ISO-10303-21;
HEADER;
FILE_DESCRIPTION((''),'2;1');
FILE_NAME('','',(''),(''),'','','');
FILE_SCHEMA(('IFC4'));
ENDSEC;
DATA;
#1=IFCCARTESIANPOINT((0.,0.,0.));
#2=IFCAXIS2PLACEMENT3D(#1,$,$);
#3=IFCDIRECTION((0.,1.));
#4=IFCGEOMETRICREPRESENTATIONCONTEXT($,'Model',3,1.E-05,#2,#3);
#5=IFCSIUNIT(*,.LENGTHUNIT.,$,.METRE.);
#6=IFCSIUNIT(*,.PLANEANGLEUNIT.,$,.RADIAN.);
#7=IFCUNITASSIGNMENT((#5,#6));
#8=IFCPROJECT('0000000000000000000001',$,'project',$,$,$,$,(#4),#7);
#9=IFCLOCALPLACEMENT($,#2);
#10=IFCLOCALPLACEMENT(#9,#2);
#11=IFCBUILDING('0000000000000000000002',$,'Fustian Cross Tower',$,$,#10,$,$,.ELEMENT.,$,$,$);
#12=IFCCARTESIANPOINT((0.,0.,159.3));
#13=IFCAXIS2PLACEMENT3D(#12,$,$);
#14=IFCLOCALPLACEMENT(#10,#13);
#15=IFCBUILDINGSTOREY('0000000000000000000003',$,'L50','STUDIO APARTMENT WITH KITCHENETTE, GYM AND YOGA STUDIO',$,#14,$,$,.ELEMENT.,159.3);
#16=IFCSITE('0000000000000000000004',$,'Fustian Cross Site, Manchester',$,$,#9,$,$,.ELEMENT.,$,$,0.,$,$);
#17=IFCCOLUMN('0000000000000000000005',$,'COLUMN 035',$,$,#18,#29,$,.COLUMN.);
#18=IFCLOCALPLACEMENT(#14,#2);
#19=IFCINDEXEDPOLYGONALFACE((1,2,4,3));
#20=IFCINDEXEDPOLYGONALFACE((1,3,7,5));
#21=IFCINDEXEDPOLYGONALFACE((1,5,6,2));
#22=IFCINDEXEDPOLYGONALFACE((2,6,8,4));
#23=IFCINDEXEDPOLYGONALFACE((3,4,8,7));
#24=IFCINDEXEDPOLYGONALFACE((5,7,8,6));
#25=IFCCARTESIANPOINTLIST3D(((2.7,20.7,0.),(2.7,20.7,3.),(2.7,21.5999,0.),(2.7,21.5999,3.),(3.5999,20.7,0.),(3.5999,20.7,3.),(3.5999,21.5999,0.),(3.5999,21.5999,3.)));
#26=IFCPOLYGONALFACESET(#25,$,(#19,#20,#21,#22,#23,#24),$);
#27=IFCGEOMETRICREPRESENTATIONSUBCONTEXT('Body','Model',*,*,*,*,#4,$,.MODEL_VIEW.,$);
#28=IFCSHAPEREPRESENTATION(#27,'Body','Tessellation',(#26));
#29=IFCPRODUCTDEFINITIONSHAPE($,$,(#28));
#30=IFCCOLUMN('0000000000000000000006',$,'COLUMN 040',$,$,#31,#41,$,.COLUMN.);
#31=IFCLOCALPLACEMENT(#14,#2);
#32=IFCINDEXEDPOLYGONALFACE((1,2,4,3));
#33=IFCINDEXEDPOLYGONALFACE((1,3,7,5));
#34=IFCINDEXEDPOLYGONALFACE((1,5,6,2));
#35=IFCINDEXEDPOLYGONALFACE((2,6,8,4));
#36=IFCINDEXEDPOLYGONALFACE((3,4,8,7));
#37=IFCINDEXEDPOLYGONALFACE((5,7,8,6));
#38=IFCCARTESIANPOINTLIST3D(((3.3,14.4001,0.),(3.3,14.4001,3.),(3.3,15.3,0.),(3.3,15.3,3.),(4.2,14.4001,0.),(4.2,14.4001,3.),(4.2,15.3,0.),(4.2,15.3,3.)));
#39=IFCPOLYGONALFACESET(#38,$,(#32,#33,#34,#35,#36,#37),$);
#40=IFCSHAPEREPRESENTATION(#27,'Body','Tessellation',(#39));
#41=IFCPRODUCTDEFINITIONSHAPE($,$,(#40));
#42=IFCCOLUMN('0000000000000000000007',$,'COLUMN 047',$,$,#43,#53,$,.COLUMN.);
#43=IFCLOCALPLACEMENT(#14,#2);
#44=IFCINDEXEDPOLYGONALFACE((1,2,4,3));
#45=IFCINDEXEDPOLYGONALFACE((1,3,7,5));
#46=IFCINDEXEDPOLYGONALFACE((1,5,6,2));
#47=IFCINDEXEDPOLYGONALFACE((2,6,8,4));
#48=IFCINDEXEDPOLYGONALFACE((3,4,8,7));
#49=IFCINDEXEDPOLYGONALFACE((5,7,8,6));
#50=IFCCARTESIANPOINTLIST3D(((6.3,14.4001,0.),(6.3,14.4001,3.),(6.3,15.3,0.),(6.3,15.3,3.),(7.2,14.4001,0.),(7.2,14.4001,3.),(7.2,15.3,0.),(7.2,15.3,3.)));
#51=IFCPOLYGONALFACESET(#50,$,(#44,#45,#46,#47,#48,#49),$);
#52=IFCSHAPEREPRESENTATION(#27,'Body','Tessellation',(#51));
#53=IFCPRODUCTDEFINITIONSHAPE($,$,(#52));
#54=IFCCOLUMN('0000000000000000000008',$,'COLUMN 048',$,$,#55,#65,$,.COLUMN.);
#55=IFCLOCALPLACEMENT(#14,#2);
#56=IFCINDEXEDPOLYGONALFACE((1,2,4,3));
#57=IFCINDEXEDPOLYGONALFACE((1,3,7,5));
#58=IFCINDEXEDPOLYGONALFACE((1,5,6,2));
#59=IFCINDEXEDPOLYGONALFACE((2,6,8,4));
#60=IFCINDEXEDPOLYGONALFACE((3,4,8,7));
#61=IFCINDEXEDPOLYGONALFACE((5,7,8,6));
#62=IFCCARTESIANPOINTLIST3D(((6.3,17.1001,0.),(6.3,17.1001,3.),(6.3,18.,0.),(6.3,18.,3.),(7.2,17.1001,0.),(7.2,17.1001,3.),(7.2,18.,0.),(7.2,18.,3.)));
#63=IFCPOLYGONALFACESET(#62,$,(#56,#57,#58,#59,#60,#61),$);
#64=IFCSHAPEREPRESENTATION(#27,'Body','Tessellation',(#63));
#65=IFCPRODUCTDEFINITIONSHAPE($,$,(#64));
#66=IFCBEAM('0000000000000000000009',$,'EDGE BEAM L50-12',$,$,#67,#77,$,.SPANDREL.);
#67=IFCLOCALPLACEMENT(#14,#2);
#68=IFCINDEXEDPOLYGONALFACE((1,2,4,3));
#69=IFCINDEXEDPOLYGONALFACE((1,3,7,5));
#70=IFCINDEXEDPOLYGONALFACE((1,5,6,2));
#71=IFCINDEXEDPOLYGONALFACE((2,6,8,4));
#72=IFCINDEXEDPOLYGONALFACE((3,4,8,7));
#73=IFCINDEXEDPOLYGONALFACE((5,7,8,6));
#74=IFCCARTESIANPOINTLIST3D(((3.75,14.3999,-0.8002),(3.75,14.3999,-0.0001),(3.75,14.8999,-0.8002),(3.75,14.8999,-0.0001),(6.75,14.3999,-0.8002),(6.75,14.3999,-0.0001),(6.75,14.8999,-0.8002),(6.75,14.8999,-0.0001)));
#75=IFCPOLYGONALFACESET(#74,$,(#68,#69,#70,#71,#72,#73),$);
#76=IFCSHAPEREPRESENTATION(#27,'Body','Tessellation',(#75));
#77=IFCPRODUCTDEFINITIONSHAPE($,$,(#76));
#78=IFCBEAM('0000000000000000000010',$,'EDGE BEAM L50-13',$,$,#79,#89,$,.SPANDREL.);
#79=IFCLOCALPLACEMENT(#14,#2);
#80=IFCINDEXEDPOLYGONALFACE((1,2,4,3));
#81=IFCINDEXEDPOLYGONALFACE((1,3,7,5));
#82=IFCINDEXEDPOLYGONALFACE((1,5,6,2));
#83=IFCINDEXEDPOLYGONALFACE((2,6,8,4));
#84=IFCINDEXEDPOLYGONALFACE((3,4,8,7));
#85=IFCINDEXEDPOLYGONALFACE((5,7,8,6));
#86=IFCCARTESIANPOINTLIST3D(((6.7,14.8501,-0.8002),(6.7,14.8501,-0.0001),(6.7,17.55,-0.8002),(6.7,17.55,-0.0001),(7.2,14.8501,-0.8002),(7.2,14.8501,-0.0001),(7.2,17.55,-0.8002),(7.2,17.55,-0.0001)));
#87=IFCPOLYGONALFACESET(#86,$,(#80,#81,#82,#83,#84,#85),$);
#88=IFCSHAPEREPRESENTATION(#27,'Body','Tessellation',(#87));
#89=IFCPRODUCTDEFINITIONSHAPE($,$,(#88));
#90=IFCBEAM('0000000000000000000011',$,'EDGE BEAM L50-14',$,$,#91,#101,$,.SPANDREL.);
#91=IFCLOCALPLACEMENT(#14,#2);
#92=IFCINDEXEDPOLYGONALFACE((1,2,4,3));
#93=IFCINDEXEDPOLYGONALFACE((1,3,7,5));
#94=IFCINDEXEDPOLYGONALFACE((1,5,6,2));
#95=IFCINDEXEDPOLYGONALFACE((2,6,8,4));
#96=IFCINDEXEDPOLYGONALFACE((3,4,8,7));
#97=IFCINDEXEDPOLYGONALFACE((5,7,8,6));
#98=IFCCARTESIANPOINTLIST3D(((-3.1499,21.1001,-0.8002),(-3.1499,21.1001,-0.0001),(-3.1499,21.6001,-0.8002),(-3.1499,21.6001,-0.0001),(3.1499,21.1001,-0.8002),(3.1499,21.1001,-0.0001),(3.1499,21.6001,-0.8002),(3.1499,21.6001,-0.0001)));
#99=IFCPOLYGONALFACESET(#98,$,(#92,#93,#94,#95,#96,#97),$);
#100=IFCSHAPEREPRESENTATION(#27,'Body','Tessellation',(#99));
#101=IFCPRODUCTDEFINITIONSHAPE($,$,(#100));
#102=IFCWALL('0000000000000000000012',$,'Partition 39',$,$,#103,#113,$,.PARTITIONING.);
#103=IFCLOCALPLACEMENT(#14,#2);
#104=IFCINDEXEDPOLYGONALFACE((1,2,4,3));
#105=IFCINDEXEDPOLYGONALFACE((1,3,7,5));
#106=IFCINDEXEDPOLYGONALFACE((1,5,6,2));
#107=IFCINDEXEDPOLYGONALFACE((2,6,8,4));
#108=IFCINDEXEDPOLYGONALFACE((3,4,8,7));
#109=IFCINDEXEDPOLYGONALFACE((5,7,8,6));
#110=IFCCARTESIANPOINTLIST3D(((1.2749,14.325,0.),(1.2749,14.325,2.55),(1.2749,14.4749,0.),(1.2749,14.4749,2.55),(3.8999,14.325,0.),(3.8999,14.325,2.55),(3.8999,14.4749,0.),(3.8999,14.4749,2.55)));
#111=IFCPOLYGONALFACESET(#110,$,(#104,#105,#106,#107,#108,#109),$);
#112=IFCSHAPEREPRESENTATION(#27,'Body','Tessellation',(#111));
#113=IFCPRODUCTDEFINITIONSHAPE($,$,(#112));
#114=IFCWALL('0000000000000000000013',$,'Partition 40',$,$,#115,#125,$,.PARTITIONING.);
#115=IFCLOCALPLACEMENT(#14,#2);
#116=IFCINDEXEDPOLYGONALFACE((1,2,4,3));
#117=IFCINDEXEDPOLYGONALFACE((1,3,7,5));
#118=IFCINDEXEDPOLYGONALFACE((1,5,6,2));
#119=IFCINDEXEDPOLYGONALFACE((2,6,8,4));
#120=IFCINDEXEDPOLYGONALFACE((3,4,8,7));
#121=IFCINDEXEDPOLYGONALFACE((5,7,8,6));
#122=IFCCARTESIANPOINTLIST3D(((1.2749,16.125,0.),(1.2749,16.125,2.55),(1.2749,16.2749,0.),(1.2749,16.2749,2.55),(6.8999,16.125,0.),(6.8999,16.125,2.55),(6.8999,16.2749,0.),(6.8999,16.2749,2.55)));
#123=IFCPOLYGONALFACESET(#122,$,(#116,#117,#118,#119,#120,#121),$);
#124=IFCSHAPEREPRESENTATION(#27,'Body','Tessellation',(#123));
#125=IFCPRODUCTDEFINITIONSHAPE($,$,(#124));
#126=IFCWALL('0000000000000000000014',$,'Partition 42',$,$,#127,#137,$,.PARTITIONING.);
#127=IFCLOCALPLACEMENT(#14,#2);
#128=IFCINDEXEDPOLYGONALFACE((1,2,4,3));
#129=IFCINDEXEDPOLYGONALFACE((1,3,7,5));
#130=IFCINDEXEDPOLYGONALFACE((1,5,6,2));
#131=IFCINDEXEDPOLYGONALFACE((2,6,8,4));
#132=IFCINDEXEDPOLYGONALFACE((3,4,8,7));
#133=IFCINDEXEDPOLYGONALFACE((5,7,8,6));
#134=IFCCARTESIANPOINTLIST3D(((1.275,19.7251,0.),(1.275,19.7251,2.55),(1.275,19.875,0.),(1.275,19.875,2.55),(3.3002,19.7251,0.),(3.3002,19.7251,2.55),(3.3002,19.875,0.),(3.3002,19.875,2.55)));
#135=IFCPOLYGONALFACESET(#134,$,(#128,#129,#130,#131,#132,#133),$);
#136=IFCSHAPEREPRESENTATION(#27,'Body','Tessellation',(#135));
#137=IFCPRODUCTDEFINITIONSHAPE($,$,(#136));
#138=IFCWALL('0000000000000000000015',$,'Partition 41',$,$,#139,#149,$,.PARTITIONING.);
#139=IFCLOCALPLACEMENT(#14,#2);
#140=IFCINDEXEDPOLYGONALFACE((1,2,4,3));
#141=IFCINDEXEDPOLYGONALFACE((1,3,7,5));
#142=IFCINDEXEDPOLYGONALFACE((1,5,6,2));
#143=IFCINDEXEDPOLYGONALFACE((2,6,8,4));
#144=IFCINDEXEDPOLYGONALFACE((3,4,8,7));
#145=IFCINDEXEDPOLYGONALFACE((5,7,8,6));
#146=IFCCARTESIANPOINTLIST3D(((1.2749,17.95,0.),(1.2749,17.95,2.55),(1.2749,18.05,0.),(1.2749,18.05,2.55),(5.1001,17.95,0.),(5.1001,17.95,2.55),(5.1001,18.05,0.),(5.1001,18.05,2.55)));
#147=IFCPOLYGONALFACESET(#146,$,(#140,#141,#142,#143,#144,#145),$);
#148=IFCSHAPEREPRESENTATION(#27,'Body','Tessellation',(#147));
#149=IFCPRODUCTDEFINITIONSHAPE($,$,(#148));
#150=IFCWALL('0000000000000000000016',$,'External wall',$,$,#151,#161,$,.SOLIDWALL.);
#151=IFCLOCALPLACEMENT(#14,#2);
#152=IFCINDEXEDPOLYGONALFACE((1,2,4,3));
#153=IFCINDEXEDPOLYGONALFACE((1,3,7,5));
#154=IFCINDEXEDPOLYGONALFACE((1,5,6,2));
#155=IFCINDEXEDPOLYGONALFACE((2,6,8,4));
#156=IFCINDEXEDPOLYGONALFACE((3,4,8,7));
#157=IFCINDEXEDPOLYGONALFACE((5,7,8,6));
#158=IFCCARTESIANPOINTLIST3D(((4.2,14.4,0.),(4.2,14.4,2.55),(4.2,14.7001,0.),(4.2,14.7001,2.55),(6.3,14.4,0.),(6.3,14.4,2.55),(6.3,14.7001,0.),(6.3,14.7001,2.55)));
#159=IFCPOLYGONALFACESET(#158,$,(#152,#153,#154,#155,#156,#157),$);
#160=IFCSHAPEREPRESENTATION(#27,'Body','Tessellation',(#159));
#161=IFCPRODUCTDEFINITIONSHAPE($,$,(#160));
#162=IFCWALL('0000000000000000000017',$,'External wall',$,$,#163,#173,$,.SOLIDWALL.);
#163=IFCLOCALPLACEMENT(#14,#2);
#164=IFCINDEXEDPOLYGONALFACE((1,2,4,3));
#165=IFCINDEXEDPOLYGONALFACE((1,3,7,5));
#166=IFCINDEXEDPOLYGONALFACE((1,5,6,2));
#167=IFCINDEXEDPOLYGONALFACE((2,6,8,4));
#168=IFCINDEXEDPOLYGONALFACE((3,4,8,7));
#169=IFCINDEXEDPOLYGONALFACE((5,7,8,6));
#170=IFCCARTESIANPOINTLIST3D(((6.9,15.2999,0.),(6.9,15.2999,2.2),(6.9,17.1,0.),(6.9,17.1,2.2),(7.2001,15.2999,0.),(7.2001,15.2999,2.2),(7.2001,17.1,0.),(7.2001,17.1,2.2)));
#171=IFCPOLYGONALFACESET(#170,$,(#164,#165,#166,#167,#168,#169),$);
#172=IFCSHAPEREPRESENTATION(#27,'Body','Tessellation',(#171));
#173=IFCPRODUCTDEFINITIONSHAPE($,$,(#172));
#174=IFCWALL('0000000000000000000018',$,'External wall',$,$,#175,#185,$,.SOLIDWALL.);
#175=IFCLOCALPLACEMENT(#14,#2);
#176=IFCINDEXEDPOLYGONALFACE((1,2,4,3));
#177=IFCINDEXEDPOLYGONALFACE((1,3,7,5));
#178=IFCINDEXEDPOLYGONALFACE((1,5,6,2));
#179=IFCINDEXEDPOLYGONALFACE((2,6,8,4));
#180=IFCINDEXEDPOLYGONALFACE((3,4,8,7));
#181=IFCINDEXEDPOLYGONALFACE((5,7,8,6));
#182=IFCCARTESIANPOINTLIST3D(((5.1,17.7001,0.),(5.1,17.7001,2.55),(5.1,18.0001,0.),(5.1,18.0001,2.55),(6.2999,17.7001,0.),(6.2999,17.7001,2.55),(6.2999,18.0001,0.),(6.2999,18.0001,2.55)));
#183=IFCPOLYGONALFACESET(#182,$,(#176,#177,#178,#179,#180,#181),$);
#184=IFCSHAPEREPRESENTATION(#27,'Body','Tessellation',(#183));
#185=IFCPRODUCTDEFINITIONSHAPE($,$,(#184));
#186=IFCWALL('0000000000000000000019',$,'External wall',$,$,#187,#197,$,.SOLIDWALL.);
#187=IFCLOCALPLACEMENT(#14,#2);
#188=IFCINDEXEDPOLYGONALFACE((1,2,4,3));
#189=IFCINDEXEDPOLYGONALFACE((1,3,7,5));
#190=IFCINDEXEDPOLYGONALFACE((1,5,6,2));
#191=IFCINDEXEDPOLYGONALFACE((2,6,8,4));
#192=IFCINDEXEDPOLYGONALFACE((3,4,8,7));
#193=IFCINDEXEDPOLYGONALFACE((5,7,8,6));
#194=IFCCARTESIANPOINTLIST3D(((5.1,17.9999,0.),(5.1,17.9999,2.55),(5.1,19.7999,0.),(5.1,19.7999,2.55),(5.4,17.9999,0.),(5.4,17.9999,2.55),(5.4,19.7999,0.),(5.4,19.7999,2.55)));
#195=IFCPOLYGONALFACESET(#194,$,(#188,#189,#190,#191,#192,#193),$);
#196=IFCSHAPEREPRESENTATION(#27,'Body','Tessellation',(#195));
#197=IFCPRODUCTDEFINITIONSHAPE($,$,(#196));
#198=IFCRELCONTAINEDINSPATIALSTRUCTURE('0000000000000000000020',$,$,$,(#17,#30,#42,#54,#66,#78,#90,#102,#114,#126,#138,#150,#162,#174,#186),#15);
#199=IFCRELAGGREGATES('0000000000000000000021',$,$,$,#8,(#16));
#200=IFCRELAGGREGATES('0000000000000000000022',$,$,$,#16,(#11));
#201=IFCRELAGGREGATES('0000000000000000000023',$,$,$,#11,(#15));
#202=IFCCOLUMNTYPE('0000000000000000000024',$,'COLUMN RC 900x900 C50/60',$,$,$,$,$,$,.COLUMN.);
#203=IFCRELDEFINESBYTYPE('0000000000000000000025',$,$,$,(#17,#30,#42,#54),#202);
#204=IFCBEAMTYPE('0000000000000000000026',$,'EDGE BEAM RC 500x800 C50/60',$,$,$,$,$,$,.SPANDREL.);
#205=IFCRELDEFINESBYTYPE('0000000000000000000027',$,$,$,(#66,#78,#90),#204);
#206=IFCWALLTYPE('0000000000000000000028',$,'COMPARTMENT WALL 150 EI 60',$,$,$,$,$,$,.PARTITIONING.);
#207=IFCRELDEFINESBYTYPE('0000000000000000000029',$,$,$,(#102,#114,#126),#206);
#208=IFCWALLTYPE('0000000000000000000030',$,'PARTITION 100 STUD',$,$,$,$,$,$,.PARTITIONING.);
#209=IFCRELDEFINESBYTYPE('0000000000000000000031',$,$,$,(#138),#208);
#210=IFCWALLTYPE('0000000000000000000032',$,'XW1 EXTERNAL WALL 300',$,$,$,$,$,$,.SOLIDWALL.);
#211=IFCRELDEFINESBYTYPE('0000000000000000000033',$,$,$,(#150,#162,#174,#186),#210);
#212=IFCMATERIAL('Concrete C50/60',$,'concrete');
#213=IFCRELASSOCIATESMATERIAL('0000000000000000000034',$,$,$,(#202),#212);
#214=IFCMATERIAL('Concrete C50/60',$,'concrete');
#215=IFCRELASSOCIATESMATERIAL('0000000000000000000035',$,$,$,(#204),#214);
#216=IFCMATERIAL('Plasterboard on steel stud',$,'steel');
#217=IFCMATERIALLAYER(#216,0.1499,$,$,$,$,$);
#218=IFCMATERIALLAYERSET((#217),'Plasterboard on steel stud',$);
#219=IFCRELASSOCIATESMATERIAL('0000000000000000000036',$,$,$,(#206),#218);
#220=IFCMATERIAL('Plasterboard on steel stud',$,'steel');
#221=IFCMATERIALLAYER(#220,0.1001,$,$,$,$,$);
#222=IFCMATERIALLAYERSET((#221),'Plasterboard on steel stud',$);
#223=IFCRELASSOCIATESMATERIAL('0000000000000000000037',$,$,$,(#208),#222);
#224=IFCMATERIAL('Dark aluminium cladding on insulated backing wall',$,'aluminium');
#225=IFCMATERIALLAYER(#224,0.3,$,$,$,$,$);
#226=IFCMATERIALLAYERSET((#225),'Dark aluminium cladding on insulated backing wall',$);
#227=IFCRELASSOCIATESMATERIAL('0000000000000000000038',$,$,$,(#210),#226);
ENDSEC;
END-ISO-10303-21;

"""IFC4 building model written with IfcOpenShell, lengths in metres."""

from ifc_helpers import new_model, si_unit, direction, frame, frame_2d, origin, origin_2d, place, context, subcontext, project, spatial, rectangle, extrude, material, layer, layer_set, material_profile, profile_set, type_object, element, save


model = new_model("IFC4")

# Units and contexts
model_context = context("Model", 3, precision=1e-05, world=origin(), true_north=direction((0.0, 1.0)))
body_context = subcontext(model_context, "Body", "Model", "MODEL_VIEW")
ifc_project = project(units=[si_unit("LENGTHUNIT", "METRE"), si_unit("PLANEANGLEUNIT", "RADIAN")], contexts=[model_context])

# Site, building, storey
site_placement = place(None, origin())
site = spatial("IfcSite", under=ifc_project, at=site_placement, Name="Fustian Cross Site, Manchester", CompositionType="ELEMENT", RefElevation=0.0)
building_placement = place(site_placement, origin())
building = spatial("IfcBuilding", under=site, at=building_placement, Name="Fustian Cross Tower", CompositionType="ELEMENT")
storey_placement = place(building_placement, frame((0.0, 0.0, 159.3)))
storey = spatial("IfcBuildingStorey", under=building, at=storey_placement, Name="L50", Description="STUDIO APARTMENT WITH KITCHENETTE, GYM AND YOGA STUDIO", CompositionType="ELEMENT", Elevation=159.3)

# Columns
ifc_material_1 = material(Name="Concrete C50/60", Category="concrete")
ifc_material_profile_1 = material_profile(ifc_material_1, rectangle(XDim=0.8999, YDim=0.8999, at=origin_2d()), Name="RC 900x900")
ifc_profile_set_1 = profile_set([ifc_material_profile_1], Name="Concrete C50/60")
column_type = type_object("IfcColumnType", Name="COLUMN RC 900x900 C50/60", PredefinedType="COLUMN", material=ifc_profile_set_1)
for number, where, z_axis, x_axis, name in (
    (1, (3.1499, 21.1499, 0.0), (0.0, 0.0, 1.0), (1.0, 0.0, 0.0), "COLUMN 035"),
    (2, (3.75, 14.8501, 0.0), (0.0, 0.0, 1.0), (1.0, 0.0, 0.0), "COLUMN 040"),
    (3, (6.75, 14.8501, 0.0), (0.0, 0.0, 1.0), (1.0, 0.0, 0.0), "COLUMN 047"),
    (4, (6.75, 17.55, 0.0), (0.0, 0.0, 1.0), (1.0, 0.0, 0.0), "COLUMN 048"),
):
    element("IfcColumn", number, at=place(storey_placement, frame(where, z_axis=z_axis, x_axis=x_axis)), inside=storey, type_object=column_type, Name=name, PredefinedType="COLUMN", context=body_context, shape_type="SweptSolid", body=[
        extrude(rectangle(XDim=0.8999, YDim=0.8999, at=origin_2d()), origin(), (0.0, 0.0, 1.0), 3.0),
    ])

# Beams
ifc_material_2 = material(Name="Concrete C50/60", Category="concrete")
ifc_material_profile_2 = material_profile(ifc_material_2, rectangle(XDim=0.5, YDim=0.8, at=origin_2d()), Name="RC 500x800")
ifc_profile_set_2 = profile_set([ifc_material_profile_2], Name="Concrete C50/60")
beam_type = type_object("IfcBeamType", Name="EDGE BEAM RC 500x800 C50/60", PredefinedType="SPANDREL", material=ifc_profile_set_2)
beam_1_placement = place(storey_placement, frame((3.75, 14.6499, -0.4001), z_axis=(1.0, 0.0, 0.0), x_axis=(0.0, 1.0, 0.0)))
element("IfcBeam", 5, at=beam_1_placement, inside=storey, type_object=beam_type, Name="EDGE BEAM L50-12", PredefinedType="SPANDREL", context=body_context, shape_type="SweptSolid", body=[
    extrude(rectangle(XDim=0.5, YDim=0.8, at=origin_2d()), origin(), (0.0, 0.0, 1.0), 3.0),
])
beam_2_placement = place(storey_placement, frame((6.95, 14.8501, -0.4001), z_axis=(0.0, 1.0, 0.0), x_axis=(-1.0, 0.0, 0.0)))
element("IfcBeam", 6, at=beam_2_placement, inside=storey, type_object=beam_type, Name="EDGE BEAM L50-13", PredefinedType="SPANDREL", context=body_context, shape_type="SweptSolid", body=[
    extrude(rectangle(XDim=0.5, YDim=0.8, at=origin_2d()), origin(), (0.0, 0.0, 1.0), 2.7),
])
beam_3_placement = place(storey_placement, frame((3.1499, 21.3501, -0.4001), z_axis=(-1.0, 0.0, 0.0), x_axis=(0.0, -1.0, 0.0)))
element("IfcBeam", 7, at=beam_3_placement, inside=storey, type_object=beam_type, Name="EDGE BEAM L50-14", PredefinedType="SPANDREL", context=body_context, shape_type="SweptSolid", body=[
    extrude(rectangle(XDim=0.5, YDim=0.8, at=origin_2d()), origin(), (0.0, 0.0, 1.0), 6.2998),
])

# Walls
ifc_material_3 = material(Name="Plasterboard on steel stud", Category="steel")
ifc_layer_1 = layer(ifc_material_3, 0.1499)
ifc_layer_set_1 = layer_set([ifc_layer_1], Name="Plasterboard on steel stud")
wall_type_1 = type_object("IfcWallType", Name="COMPARTMENT WALL 150 EI 60", PredefinedType="PARTITIONING", material=ifc_layer_set_1)
wall_1_placement = place(storey_placement, frame((1.2749, 14.3999, 0.0), z_axis=(0.0, 0.0, 1.0), x_axis=(1.0, 0.0, 0.0)))
element("IfcWall", 8, at=wall_1_placement, inside=storey, type_object=wall_type_1, Name="Partition 39", PredefinedType="PARTITIONING", context=body_context, shape_type="SweptSolid", body=[
    extrude(rectangle(XDim=2.625, YDim=0.1499, at=frame_2d((1.3125, 0.0))), origin(), (0.0, 0.0, 1.0), 2.55),
])
wall_2_placement = place(storey_placement, frame((1.2749, 16.2, 0.0), z_axis=(0.0, 0.0, 1.0), x_axis=(1.0, 0.0, 0.0)))
element("IfcWall", 9, at=wall_2_placement, inside=storey, type_object=wall_type_1, Name="Partition 40", PredefinedType="PARTITIONING", context=body_context, shape_type="SweptSolid", body=[
    extrude(rectangle(XDim=5.625, YDim=0.1499, at=frame_2d((2.8125, 0.0))), origin(), (0.0, 0.0, 1.0), 2.55),
])
wall_3_placement = place(storey_placement, frame((1.2749, 19.8, 0.0), z_axis=(0.0, 0.0, 1.0), x_axis=(1.0, 0.0, 0.0)))
element("IfcWall", 10, at=wall_3_placement, inside=storey, type_object=wall_type_1, Name="Partition 42", PredefinedType="PARTITIONING", context=body_context, shape_type="SweptSolid", body=[
    extrude(rectangle(XDim=2.0251, YDim=0.1499, at=frame_2d((1.0127, 0.0))), origin(), (0.0, 0.0, 1.0), 2.55),
])
ifc_material_4 = material(Name="Plasterboard on steel stud", Category="steel")
ifc_layer_2 = layer(ifc_material_4, 0.1001)
ifc_layer_set_2 = layer_set([ifc_layer_2], Name="Plasterboard on steel stud")
wall_type_2 = type_object("IfcWallType", Name="PARTITION 100 STUD", PredefinedType="PARTITIONING", material=ifc_layer_set_2)
wall_4_placement = place(storey_placement, frame((1.2749, 18.0, 0.0), z_axis=(0.0, 0.0, 1.0), x_axis=(1.0, 0.0, 0.0)))
element("IfcWall", 11, at=wall_4_placement, inside=storey, type_object=wall_type_2, Name="Partition 41", PredefinedType="PARTITIONING", context=body_context, shape_type="SweptSolid", body=[
    extrude(rectangle(XDim=3.8252, YDim=0.1001, at=frame_2d((1.9126, 0.0))), origin(), (0.0, 0.0, 1.0), 2.55),
])
ifc_material_5 = material(Name="Dark aluminium cladding on insulated backing wall", Category="aluminium")
ifc_layer_3 = layer(ifc_material_5, 0.3)
ifc_layer_set_3 = layer_set([ifc_layer_3], Name="Dark aluminium cladding on insulated backing wall")
wall_type_3 = type_object("IfcWallType", Name="XW1 EXTERNAL WALL 300", PredefinedType="SOLIDWALL", material=ifc_layer_set_3)
wall_5_placement = place(storey_placement, frame((4.2, 14.55, 0.0), z_axis=(0.0, 0.0, 1.0), x_axis=(1.0, 0.0, 0.0)))
element("IfcWall", 12, at=wall_5_placement, inside=storey, type_object=wall_type_3, Name="External wall", PredefinedType="SOLIDWALL", context=body_context, shape_type="SweptSolid", body=[
    extrude(rectangle(XDim=2.1001, YDim=0.3, at=frame_2d((1.05, 0.0))), origin(), (0.0, 0.0, 1.0), 2.55),
])
wall_6_placement = place(storey_placement, frame((7.05, 15.3, 0.0), z_axis=(0.0, 0.0, 1.0), x_axis=(0.0, 1.0, 0.0)))
element("IfcWall", 13, at=wall_6_placement, inside=storey, type_object=wall_type_3, Name="External wall", PredefinedType="SOLIDWALL", context=body_context, shape_type="SweptSolid", body=[
    extrude(rectangle(XDim=1.8, YDim=0.3, at=frame_2d((0.8999, 0.0))), origin(), (0.0, 0.0, 1.0), 2.2),
])
wall_7_placement = place(storey_placement, frame((6.3, 17.8501, 0.0), z_axis=(0.0, 0.0, 1.0), x_axis=(-1.0, 0.0, 0.0)))
element("IfcWall", 14, at=wall_7_placement, inside=storey, type_object=wall_type_3, Name="External wall", PredefinedType="SOLIDWALL", context=body_context, shape_type="SweptSolid", body=[
    extrude(rectangle(XDim=1.2, YDim=0.3, at=frame_2d((0.6001, 0.0))), origin(), (0.0, 0.0, 1.0), 2.55),
])
for number, where, z_axis, x_axis, name in (
    (15, (5.25, 18.0, 0.0), (0.0, 0.0, 1.0), (0.0, 1.0, 0.0), "External wall"),
):
    element("IfcWall", number, at=place(storey_placement, frame(where, z_axis=z_axis, x_axis=x_axis)), inside=storey, type_object=wall_type_3, Name=name, PredefinedType="SOLIDWALL", context=body_context, shape_type="SweptSolid", body=[
        extrude(rectangle(XDim=1.8, YDim=0.3, at=frame_2d((0.8999, 0.0))), origin(), (0.0, 0.0, 1.0), 2.55),
    ])

save(model, "model.ifc")
